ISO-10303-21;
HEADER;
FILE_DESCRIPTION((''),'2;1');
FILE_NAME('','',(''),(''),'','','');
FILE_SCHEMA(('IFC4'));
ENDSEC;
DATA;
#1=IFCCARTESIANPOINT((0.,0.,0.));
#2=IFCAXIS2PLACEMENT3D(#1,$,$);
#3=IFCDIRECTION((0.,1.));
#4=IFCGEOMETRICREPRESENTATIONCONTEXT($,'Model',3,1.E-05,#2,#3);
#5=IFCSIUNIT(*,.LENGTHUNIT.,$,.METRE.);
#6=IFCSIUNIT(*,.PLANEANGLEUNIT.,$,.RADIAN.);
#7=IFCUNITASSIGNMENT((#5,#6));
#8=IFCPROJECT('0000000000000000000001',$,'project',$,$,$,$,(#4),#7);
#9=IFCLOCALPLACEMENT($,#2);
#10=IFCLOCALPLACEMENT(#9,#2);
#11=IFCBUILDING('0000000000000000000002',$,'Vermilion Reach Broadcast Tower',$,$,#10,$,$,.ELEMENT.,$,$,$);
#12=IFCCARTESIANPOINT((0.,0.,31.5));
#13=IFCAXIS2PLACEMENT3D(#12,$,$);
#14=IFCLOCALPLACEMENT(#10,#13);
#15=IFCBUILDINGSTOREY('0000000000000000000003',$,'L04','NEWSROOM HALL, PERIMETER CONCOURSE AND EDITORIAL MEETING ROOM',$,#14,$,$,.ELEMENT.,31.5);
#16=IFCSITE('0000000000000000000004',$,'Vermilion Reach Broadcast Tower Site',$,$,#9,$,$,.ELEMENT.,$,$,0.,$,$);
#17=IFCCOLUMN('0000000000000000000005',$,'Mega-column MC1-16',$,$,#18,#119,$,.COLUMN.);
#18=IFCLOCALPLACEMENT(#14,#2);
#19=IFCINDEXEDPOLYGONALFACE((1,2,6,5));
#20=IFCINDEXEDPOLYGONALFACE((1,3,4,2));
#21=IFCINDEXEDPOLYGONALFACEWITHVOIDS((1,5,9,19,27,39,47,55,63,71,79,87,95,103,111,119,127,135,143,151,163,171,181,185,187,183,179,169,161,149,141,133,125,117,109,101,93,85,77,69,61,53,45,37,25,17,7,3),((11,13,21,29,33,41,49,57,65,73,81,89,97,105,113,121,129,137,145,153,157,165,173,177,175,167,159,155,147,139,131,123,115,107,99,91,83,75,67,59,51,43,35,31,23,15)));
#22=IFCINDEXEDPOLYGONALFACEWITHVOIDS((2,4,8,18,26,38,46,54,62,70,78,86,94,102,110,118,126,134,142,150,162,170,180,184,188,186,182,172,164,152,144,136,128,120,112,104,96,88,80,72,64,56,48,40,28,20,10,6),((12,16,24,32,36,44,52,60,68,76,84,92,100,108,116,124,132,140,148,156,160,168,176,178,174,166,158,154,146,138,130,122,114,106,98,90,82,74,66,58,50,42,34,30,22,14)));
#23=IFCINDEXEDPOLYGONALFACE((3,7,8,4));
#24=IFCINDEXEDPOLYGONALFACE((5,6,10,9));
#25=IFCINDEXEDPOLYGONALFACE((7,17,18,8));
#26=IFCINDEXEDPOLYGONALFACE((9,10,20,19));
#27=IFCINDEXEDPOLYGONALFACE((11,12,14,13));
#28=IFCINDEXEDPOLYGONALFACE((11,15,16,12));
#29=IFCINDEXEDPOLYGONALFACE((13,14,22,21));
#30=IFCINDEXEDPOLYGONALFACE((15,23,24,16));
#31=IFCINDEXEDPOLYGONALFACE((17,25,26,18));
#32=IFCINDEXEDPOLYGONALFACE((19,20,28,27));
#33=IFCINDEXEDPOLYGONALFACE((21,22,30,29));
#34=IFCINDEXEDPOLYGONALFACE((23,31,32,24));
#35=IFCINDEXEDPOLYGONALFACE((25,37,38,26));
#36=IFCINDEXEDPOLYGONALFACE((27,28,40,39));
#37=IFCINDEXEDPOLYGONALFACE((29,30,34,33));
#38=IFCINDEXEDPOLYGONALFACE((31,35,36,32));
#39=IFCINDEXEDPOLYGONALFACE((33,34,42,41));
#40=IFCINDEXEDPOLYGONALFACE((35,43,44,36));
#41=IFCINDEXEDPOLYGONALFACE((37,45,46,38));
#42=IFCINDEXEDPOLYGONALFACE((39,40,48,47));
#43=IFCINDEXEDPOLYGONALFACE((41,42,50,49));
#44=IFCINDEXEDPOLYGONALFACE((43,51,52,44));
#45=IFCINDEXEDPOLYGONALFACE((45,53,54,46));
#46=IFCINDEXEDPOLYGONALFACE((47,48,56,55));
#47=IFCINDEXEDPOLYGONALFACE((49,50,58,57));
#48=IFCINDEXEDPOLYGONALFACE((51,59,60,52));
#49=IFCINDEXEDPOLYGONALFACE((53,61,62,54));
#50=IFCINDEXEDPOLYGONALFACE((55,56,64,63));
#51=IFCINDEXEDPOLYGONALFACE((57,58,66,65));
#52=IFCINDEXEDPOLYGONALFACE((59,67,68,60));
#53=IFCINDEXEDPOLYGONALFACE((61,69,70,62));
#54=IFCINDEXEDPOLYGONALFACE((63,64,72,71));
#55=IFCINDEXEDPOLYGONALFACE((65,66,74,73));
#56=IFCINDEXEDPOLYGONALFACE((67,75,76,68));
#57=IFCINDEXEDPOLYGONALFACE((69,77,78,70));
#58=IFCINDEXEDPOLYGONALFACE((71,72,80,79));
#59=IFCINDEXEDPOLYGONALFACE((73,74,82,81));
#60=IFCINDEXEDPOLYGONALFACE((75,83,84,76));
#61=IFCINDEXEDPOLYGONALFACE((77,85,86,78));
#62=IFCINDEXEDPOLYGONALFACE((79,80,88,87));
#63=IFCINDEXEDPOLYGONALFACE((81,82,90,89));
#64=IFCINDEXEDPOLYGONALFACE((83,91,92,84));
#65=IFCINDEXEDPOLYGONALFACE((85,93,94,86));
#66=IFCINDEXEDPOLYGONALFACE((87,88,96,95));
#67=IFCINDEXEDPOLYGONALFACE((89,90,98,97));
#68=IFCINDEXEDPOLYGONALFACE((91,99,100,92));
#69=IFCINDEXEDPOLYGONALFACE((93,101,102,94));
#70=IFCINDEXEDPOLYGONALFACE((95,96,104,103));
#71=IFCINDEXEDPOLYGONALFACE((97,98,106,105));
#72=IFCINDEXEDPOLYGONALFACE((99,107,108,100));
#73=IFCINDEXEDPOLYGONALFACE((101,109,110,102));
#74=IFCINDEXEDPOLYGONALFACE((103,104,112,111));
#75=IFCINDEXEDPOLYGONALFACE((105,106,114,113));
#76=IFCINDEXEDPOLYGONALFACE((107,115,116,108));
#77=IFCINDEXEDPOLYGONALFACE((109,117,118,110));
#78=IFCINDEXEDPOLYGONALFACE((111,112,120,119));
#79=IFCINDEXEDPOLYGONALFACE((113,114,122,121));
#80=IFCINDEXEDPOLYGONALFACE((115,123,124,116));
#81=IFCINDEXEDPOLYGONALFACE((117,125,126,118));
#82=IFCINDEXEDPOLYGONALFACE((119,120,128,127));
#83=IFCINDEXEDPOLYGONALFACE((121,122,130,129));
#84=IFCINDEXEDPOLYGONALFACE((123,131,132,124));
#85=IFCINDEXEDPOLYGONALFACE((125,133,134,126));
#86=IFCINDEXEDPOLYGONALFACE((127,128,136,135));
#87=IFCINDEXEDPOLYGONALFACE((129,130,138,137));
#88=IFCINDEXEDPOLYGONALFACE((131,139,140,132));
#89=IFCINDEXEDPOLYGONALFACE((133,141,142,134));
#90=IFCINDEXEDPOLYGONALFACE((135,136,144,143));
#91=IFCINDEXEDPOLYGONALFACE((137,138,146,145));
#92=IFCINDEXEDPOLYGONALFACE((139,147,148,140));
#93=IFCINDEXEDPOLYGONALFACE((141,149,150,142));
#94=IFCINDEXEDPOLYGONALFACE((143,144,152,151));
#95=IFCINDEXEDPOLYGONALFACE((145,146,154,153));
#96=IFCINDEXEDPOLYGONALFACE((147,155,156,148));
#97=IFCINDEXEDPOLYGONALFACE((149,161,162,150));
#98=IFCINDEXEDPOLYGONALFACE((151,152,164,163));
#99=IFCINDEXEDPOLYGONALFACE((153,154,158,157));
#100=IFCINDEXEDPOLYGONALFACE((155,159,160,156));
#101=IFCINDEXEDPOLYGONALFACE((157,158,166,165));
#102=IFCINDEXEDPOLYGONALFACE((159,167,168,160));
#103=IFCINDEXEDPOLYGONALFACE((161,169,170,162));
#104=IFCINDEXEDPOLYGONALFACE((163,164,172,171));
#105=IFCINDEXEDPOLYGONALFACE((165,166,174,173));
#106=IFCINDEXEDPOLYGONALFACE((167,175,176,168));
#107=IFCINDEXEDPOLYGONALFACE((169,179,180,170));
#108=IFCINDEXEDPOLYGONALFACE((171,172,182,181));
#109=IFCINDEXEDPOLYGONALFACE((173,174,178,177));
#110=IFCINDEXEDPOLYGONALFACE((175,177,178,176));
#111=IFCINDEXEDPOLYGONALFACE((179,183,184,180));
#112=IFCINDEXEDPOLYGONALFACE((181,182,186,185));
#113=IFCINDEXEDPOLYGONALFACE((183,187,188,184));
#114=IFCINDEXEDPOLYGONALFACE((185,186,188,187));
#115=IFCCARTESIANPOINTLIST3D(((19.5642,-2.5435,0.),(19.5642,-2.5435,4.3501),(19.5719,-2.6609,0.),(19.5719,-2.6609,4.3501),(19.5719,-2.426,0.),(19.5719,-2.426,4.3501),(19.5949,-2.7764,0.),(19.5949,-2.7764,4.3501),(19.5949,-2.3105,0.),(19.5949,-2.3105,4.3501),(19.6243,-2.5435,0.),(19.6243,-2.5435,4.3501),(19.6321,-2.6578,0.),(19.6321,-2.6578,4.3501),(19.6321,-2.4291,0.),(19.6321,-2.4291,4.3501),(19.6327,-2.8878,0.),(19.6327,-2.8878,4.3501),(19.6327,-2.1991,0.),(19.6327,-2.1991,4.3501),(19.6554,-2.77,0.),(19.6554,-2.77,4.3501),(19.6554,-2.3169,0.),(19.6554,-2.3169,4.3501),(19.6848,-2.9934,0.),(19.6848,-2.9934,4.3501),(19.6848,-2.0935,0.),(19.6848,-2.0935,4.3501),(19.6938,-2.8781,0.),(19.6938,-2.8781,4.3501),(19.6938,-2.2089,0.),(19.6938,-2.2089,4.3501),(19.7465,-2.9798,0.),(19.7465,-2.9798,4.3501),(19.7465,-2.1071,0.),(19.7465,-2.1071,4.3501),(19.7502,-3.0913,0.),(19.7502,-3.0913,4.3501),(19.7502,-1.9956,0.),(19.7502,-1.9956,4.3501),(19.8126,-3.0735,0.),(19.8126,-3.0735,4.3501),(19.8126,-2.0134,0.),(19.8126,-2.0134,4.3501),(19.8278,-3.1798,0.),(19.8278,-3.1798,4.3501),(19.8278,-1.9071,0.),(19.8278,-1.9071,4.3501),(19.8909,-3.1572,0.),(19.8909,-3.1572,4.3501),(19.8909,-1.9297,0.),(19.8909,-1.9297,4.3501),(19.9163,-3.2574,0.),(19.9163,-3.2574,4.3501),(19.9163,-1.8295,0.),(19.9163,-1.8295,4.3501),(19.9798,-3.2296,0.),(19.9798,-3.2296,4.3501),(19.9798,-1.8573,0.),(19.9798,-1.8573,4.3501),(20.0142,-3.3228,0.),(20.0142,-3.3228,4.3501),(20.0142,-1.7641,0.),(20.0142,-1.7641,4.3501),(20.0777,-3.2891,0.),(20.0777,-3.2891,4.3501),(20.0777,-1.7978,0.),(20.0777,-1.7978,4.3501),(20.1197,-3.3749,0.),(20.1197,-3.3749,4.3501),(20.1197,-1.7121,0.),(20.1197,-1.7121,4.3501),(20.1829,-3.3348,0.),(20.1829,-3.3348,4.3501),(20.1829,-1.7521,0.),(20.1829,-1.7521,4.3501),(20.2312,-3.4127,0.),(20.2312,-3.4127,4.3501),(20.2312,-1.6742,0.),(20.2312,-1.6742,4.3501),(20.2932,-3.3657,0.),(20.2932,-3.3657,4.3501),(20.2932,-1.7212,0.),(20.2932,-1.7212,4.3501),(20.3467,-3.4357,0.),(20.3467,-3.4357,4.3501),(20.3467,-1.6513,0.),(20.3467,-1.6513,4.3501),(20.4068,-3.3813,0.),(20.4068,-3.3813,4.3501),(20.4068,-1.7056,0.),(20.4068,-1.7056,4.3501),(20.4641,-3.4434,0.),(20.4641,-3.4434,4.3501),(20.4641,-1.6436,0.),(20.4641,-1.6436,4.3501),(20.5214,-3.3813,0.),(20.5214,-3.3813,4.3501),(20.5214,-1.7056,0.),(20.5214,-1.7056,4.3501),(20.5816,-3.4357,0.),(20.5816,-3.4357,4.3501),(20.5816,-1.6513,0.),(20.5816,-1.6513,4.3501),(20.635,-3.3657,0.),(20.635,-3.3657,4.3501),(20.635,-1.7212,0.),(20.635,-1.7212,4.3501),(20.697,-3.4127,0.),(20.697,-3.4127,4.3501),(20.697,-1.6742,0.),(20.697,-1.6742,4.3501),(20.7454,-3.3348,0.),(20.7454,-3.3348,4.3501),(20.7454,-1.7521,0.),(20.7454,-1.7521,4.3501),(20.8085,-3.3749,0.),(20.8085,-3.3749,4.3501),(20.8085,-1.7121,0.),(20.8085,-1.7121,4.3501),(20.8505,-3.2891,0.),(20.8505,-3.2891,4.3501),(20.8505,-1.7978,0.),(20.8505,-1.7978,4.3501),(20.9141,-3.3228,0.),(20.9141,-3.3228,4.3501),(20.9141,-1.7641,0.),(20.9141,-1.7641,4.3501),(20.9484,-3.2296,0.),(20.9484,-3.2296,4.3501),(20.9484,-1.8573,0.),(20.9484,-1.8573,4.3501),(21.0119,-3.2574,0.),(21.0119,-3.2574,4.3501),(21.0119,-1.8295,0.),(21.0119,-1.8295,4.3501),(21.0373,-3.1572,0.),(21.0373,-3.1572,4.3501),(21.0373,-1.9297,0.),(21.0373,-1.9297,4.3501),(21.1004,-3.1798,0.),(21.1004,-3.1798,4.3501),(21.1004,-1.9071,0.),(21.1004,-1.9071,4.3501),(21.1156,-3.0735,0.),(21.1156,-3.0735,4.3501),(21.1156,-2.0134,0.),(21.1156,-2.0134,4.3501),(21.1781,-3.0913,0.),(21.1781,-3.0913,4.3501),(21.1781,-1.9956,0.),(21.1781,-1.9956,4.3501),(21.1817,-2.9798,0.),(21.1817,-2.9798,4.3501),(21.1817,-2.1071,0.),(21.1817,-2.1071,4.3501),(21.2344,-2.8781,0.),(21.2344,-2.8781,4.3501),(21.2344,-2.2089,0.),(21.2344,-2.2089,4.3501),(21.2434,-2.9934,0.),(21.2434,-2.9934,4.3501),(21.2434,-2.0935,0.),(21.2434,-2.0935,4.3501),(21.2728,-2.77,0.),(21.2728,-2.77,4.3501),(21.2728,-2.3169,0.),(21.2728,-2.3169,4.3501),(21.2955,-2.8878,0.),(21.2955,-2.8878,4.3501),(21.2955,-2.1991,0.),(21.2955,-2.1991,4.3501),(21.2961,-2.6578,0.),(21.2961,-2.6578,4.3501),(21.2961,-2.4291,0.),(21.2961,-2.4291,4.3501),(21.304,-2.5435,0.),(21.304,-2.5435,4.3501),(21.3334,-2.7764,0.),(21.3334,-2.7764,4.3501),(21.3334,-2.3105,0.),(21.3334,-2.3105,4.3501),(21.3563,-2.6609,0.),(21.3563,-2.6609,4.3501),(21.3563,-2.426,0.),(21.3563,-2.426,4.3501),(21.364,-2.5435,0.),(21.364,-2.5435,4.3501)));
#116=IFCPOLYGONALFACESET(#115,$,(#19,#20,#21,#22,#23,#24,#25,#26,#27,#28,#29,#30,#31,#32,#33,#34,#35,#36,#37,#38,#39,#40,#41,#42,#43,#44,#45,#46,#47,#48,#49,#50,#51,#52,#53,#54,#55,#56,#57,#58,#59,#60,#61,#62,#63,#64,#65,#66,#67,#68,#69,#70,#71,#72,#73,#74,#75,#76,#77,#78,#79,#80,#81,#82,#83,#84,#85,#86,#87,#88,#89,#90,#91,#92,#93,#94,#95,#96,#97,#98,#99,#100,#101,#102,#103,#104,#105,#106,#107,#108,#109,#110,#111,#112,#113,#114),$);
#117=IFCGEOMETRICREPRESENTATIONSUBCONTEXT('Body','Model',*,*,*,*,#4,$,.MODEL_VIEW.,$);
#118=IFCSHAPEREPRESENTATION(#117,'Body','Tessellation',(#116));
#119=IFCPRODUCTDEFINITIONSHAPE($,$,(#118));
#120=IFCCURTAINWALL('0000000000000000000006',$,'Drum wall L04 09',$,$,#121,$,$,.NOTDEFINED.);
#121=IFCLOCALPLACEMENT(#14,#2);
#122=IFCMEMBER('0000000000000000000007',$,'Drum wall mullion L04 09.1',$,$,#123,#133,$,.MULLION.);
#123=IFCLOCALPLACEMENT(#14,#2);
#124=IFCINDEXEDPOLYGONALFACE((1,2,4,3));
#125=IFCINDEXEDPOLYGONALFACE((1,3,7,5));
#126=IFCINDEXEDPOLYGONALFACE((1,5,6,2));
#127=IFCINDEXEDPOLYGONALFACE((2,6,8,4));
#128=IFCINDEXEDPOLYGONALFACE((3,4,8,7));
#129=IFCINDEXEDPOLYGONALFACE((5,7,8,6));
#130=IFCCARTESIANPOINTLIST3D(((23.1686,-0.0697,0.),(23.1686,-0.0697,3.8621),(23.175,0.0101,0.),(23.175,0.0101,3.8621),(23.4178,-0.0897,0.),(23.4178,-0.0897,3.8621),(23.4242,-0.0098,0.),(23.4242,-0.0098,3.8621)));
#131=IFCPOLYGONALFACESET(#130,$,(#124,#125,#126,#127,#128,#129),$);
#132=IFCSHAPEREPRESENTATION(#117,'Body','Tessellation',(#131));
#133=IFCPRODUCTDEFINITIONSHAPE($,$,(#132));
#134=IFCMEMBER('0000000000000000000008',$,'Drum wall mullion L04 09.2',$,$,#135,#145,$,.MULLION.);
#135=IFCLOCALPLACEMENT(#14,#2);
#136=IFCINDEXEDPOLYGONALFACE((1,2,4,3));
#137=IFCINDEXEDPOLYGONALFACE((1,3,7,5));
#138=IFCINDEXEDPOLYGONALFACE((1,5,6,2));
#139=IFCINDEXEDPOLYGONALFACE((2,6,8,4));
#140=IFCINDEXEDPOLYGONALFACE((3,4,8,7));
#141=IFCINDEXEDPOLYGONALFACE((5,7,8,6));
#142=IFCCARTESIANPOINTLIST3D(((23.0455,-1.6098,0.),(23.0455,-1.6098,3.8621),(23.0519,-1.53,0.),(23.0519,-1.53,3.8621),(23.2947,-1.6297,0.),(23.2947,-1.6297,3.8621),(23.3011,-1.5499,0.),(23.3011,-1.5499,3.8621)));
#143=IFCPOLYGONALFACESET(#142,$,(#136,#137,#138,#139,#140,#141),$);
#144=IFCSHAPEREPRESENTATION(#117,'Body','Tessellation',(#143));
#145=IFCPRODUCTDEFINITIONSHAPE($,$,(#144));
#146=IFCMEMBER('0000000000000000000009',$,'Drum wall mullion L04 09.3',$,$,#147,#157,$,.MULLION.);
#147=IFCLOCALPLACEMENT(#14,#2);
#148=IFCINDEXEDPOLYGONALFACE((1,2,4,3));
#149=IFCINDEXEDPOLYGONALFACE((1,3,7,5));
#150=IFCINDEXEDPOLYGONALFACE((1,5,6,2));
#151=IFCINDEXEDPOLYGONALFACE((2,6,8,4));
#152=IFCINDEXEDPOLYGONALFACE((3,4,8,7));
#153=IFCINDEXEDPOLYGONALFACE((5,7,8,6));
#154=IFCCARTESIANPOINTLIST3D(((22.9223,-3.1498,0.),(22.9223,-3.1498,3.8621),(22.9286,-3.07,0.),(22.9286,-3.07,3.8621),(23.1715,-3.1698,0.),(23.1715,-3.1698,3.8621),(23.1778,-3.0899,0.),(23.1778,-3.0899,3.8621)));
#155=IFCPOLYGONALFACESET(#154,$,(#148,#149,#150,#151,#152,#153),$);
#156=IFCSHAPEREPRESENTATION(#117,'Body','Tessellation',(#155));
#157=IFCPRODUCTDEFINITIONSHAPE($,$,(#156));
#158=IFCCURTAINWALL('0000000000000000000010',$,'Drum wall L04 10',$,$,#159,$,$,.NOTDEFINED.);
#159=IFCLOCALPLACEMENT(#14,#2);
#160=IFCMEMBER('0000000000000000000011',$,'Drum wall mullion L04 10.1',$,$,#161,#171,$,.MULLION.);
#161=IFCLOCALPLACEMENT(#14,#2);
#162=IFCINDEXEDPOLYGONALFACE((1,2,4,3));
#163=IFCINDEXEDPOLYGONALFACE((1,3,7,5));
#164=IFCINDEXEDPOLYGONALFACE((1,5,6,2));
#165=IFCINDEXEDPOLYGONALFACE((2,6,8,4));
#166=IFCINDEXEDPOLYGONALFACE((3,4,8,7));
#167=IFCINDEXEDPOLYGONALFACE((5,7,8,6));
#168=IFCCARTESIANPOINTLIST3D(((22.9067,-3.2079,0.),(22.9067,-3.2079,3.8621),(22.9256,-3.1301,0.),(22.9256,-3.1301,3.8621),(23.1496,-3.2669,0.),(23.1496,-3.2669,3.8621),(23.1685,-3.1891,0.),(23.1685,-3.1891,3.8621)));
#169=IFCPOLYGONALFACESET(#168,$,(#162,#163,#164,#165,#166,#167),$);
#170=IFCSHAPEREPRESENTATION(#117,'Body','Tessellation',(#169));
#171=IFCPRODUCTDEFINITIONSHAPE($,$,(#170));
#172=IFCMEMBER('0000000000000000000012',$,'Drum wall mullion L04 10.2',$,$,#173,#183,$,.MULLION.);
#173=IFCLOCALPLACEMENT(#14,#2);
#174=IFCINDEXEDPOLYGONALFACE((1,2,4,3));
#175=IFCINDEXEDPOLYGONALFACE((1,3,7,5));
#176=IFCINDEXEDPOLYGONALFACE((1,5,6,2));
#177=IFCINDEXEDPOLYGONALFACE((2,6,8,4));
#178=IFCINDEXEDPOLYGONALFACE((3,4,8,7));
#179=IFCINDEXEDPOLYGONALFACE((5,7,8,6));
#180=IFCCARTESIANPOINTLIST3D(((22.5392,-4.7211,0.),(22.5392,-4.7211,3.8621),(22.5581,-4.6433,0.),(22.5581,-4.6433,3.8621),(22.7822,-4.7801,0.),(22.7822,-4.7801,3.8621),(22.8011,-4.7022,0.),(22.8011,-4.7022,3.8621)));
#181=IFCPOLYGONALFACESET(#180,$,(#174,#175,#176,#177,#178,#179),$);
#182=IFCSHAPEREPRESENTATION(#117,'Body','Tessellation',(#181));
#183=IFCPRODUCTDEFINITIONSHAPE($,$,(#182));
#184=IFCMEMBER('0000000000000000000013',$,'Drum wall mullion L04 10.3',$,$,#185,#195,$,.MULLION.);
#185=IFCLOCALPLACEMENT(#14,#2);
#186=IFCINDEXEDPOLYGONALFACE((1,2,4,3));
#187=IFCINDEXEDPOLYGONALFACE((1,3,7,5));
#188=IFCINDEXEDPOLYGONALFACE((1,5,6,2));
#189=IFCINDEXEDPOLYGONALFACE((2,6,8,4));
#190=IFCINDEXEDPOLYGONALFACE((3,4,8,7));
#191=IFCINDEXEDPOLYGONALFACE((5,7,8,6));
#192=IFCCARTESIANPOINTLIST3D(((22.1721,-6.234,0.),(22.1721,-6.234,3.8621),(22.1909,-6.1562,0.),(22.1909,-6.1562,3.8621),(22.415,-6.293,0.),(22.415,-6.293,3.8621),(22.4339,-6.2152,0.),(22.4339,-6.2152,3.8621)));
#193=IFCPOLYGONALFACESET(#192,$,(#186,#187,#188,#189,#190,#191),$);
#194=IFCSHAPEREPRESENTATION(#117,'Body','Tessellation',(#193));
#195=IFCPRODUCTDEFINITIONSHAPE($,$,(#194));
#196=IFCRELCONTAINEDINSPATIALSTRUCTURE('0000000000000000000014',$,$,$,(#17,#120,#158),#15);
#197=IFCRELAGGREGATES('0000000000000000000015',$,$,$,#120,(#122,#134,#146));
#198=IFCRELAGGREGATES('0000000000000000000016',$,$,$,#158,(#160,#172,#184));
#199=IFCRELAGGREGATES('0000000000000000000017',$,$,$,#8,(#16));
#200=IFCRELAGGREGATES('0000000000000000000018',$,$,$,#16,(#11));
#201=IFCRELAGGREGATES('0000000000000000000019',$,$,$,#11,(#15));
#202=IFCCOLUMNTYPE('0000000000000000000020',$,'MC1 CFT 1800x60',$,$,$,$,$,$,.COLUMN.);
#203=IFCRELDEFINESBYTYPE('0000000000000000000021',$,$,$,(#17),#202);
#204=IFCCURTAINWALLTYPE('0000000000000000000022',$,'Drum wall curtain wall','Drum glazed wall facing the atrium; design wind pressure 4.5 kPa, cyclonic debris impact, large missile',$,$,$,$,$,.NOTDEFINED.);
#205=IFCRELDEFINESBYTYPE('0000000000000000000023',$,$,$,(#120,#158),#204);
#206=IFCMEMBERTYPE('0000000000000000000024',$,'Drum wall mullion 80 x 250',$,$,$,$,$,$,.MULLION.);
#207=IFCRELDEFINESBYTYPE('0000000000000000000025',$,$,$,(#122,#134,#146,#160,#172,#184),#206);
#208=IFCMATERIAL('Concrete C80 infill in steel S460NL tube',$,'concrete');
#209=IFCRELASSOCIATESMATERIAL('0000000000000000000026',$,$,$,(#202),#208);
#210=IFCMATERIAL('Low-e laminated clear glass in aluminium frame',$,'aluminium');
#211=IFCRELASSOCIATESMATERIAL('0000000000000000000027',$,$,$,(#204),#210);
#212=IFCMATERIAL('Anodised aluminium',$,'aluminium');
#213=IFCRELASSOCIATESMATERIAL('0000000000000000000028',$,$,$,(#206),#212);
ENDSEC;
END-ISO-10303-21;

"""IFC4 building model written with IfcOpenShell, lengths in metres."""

from ifc_helpers import new_model, si_unit, direction, frame, origin, origin_2d, place, context, subcontext, project, spatial, rectangle, hollow_circle, extrude, material, material_profile, profile_set, type_object, element, aggregate, save


model = new_model("IFC4")

# Units and contexts
model_context = context("Model", 3, precision=1e-05, world=origin(), true_north=direction((0.0, 1.0)))
body_context = subcontext(model_context, "Body", "Model", "MODEL_VIEW")
ifc_project = project(units=[si_unit("LENGTHUNIT", "METRE"), si_unit("PLANEANGLEUNIT", "RADIAN")], contexts=[model_context])

# Site, building, storey
site_placement = place(None, origin())
site = spatial("IfcSite", under=ifc_project, at=site_placement, Name="Vermilion Reach Broadcast Tower Site", CompositionType="ELEMENT", RefElevation=0.0)
building_placement = place(site_placement, origin())
building = spatial("IfcBuilding", under=site, at=building_placement, Name="Vermilion Reach Broadcast Tower", CompositionType="ELEMENT")
storey_placement = place(building_placement, frame((0.0, 0.0, 31.5)))
storey = spatial("IfcBuildingStorey", under=building, at=storey_placement, Name="L04", Description="NEWSROOM HALL, PERIMETER CONCOURSE AND EDITORIAL MEETING ROOM", CompositionType="ELEMENT", Elevation=31.5)

# Column
ifc_material_1 = material(Name="Concrete C80 infill in steel S460NL tube", Category="concrete")
ifc_material_profile_1 = material_profile(ifc_material_1, hollow_circle(Radius=0.8999, WallThickness=0.0601, at=origin_2d()), Name="Concrete C80 infill in steel S460NL tube CFT 1800x60")
ifc_profile_set_1 = profile_set([ifc_material_profile_1], Name="Concrete C80 infill in steel S460NL tube")
column_type = type_object("IfcColumnType", Name="MC1 CFT 1800x60", PredefinedType="COLUMN", material=ifc_profile_set_1)
column_placement = place(storey_placement, frame((20.4641, -2.5435, 0.0), z_axis=(0.0, 0.0, 1.0), x_axis=(1.0, 0.0, 0.0)))
element("IfcColumn", 1, at=column_placement, inside=storey, type_object=column_type, Name="Mega-column MC1-16", PredefinedType="COLUMN", context=body_context, shape_type="SweptSolid", body=[
    extrude(hollow_circle(Radius=0.8999, WallThickness=0.0601, at=origin_2d()), origin(), (0.0, 0.0, 1.0), 4.3501),
])

# Curtain walls, members
ifc_material_2 = material(Name="Low-e laminated clear glass in aluminium frame", Category="aluminium")
curtain_wall_type = type_object("IfcCurtainWallType", Name="Drum wall curtain wall", Description="Drum glazed wall facing the atrium; design wind pressure 4.5 kPa, cyclonic debris impact, large missile", PredefinedType="NOTDEFINED", material=ifc_material_2)
placement = place(storey_placement, origin())
curtain_wall_1 = element("IfcCurtainWall", 2, at=placement, inside=storey, type_object=curtain_wall_type, Name="Drum wall L04 09", PredefinedType="NOTDEFINED")
ifc_material_3 = material(Name="Anodised aluminium", Category="aluminium")
ifc_material_profile_2 = material_profile(ifc_material_3, rectangle(XDim=0.25, YDim=0.0801, at=origin_2d()), Name="Drum wall mullion 80 x 250")
ifc_profile_set_2 = profile_set([ifc_material_profile_2], Name="Anodised aluminium")
member_type_1 = type_object("IfcMemberType", Name="Drum wall mullion 80 x 250", PredefinedType="MULLION", material=ifc_profile_set_2)
member_1_placement = place(storey_placement, frame((23.2964, -0.0398, 0.0), z_axis=(0.0, 0.0, 1.0), x_axis=(0.996817, -0.079726, 0.0)))
member_1 = element("IfcMember", 3, at=member_1_placement, type_object=member_type_1, Name="Drum wall mullion L04 09.1", PredefinedType="MULLION", context=body_context, shape_type="SweptSolid", body=[
    extrude(rectangle(XDim=0.25, YDim=0.0801, at=origin_2d()), origin(), (0.0, 0.0, 1.0), 3.8621),
])
member_2_placement = place(storey_placement, frame((23.1733, -1.5798, 0.0), z_axis=(0.0, 0.0, 1.0), x_axis=(0.996817, -0.079726, 0.0)))
member_2 = element("IfcMember", 4, at=member_2_placement, type_object=member_type_1, Name="Drum wall mullion L04 09.2", PredefinedType="MULLION", context=body_context, shape_type="SweptSolid", body=[
    extrude(rectangle(XDim=0.25, YDim=0.0801, at=origin_2d()), origin(), (0.0, 0.0, 1.0), 3.8621),
])
member_3_placement = place(storey_placement, frame((23.05, -3.1199, 0.0), z_axis=(0.0, 0.0, 1.0), x_axis=(0.996817, -0.079726, 0.0)))
member_3 = element("IfcMember", 5, at=member_3_placement, type_object=member_type_1, Name="Drum wall mullion L04 09.3", PredefinedType="MULLION", context=body_context, shape_type="SweptSolid", body=[
    extrude(rectangle(XDim=0.25, YDim=0.0801, at=origin_2d()), origin(), (0.0, 0.0, 1.0), 3.8621),
])
curtain_wall_2 = element("IfcCurtainWall", 6, at=placement, inside=storey, type_object=curtain_wall_type, Name="Drum wall L04 10", PredefinedType="NOTDEFINED")
member_4_placement = place(storey_placement, frame((23.0376, -3.1985, 0.0), z_axis=(0.0, 0.0, 1.0), x_axis=(0.971783, -0.235877, 0.0)))
member_4 = element("IfcMember", 7, at=member_4_placement, type_object=member_type_1, Name="Drum wall mullion L04 10.1", PredefinedType="MULLION", context=body_context, shape_type="SweptSolid", body=[
    extrude(rectangle(XDim=0.25, YDim=0.0801, at=origin_2d()), origin(), (0.0, 0.0, 1.0), 3.8621),
])
member_5_placement = place(storey_placement, frame((22.6702, -4.7117, 0.0), z_axis=(0.0, 0.0, 1.0), x_axis=(0.971783, -0.235877, 0.0)))
member_5 = element("IfcMember", 8, at=member_5_placement, type_object=member_type_1, Name="Drum wall mullion L04 10.2", PredefinedType="MULLION", context=body_context, shape_type="SweptSolid", body=[
    extrude(rectangle(XDim=0.25, YDim=0.0801, at=origin_2d()), origin(), (0.0, 0.0, 1.0), 3.8621),
])
member_6_placement = place(storey_placement, frame((22.303, -6.2246, 0.0), z_axis=(0.0, 0.0, 1.0), x_axis=(0.971783, -0.235877, 0.0)))
member_6 = element("IfcMember", 9, at=member_6_placement, type_object=member_type_1, Name="Drum wall mullion L04 10.3", PredefinedType="MULLION", context=body_context, shape_type="SweptSolid", body=[
    extrude(rectangle(XDim=0.25, YDim=0.0801, at=origin_2d()), origin(), (0.0, 0.0, 1.0), 3.8621),
])

aggregate(curtain_wall_1, [member_1, member_2, member_3])
aggregate(curtain_wall_2, [member_4, member_5, member_6])

save(model, "model.ifc")
